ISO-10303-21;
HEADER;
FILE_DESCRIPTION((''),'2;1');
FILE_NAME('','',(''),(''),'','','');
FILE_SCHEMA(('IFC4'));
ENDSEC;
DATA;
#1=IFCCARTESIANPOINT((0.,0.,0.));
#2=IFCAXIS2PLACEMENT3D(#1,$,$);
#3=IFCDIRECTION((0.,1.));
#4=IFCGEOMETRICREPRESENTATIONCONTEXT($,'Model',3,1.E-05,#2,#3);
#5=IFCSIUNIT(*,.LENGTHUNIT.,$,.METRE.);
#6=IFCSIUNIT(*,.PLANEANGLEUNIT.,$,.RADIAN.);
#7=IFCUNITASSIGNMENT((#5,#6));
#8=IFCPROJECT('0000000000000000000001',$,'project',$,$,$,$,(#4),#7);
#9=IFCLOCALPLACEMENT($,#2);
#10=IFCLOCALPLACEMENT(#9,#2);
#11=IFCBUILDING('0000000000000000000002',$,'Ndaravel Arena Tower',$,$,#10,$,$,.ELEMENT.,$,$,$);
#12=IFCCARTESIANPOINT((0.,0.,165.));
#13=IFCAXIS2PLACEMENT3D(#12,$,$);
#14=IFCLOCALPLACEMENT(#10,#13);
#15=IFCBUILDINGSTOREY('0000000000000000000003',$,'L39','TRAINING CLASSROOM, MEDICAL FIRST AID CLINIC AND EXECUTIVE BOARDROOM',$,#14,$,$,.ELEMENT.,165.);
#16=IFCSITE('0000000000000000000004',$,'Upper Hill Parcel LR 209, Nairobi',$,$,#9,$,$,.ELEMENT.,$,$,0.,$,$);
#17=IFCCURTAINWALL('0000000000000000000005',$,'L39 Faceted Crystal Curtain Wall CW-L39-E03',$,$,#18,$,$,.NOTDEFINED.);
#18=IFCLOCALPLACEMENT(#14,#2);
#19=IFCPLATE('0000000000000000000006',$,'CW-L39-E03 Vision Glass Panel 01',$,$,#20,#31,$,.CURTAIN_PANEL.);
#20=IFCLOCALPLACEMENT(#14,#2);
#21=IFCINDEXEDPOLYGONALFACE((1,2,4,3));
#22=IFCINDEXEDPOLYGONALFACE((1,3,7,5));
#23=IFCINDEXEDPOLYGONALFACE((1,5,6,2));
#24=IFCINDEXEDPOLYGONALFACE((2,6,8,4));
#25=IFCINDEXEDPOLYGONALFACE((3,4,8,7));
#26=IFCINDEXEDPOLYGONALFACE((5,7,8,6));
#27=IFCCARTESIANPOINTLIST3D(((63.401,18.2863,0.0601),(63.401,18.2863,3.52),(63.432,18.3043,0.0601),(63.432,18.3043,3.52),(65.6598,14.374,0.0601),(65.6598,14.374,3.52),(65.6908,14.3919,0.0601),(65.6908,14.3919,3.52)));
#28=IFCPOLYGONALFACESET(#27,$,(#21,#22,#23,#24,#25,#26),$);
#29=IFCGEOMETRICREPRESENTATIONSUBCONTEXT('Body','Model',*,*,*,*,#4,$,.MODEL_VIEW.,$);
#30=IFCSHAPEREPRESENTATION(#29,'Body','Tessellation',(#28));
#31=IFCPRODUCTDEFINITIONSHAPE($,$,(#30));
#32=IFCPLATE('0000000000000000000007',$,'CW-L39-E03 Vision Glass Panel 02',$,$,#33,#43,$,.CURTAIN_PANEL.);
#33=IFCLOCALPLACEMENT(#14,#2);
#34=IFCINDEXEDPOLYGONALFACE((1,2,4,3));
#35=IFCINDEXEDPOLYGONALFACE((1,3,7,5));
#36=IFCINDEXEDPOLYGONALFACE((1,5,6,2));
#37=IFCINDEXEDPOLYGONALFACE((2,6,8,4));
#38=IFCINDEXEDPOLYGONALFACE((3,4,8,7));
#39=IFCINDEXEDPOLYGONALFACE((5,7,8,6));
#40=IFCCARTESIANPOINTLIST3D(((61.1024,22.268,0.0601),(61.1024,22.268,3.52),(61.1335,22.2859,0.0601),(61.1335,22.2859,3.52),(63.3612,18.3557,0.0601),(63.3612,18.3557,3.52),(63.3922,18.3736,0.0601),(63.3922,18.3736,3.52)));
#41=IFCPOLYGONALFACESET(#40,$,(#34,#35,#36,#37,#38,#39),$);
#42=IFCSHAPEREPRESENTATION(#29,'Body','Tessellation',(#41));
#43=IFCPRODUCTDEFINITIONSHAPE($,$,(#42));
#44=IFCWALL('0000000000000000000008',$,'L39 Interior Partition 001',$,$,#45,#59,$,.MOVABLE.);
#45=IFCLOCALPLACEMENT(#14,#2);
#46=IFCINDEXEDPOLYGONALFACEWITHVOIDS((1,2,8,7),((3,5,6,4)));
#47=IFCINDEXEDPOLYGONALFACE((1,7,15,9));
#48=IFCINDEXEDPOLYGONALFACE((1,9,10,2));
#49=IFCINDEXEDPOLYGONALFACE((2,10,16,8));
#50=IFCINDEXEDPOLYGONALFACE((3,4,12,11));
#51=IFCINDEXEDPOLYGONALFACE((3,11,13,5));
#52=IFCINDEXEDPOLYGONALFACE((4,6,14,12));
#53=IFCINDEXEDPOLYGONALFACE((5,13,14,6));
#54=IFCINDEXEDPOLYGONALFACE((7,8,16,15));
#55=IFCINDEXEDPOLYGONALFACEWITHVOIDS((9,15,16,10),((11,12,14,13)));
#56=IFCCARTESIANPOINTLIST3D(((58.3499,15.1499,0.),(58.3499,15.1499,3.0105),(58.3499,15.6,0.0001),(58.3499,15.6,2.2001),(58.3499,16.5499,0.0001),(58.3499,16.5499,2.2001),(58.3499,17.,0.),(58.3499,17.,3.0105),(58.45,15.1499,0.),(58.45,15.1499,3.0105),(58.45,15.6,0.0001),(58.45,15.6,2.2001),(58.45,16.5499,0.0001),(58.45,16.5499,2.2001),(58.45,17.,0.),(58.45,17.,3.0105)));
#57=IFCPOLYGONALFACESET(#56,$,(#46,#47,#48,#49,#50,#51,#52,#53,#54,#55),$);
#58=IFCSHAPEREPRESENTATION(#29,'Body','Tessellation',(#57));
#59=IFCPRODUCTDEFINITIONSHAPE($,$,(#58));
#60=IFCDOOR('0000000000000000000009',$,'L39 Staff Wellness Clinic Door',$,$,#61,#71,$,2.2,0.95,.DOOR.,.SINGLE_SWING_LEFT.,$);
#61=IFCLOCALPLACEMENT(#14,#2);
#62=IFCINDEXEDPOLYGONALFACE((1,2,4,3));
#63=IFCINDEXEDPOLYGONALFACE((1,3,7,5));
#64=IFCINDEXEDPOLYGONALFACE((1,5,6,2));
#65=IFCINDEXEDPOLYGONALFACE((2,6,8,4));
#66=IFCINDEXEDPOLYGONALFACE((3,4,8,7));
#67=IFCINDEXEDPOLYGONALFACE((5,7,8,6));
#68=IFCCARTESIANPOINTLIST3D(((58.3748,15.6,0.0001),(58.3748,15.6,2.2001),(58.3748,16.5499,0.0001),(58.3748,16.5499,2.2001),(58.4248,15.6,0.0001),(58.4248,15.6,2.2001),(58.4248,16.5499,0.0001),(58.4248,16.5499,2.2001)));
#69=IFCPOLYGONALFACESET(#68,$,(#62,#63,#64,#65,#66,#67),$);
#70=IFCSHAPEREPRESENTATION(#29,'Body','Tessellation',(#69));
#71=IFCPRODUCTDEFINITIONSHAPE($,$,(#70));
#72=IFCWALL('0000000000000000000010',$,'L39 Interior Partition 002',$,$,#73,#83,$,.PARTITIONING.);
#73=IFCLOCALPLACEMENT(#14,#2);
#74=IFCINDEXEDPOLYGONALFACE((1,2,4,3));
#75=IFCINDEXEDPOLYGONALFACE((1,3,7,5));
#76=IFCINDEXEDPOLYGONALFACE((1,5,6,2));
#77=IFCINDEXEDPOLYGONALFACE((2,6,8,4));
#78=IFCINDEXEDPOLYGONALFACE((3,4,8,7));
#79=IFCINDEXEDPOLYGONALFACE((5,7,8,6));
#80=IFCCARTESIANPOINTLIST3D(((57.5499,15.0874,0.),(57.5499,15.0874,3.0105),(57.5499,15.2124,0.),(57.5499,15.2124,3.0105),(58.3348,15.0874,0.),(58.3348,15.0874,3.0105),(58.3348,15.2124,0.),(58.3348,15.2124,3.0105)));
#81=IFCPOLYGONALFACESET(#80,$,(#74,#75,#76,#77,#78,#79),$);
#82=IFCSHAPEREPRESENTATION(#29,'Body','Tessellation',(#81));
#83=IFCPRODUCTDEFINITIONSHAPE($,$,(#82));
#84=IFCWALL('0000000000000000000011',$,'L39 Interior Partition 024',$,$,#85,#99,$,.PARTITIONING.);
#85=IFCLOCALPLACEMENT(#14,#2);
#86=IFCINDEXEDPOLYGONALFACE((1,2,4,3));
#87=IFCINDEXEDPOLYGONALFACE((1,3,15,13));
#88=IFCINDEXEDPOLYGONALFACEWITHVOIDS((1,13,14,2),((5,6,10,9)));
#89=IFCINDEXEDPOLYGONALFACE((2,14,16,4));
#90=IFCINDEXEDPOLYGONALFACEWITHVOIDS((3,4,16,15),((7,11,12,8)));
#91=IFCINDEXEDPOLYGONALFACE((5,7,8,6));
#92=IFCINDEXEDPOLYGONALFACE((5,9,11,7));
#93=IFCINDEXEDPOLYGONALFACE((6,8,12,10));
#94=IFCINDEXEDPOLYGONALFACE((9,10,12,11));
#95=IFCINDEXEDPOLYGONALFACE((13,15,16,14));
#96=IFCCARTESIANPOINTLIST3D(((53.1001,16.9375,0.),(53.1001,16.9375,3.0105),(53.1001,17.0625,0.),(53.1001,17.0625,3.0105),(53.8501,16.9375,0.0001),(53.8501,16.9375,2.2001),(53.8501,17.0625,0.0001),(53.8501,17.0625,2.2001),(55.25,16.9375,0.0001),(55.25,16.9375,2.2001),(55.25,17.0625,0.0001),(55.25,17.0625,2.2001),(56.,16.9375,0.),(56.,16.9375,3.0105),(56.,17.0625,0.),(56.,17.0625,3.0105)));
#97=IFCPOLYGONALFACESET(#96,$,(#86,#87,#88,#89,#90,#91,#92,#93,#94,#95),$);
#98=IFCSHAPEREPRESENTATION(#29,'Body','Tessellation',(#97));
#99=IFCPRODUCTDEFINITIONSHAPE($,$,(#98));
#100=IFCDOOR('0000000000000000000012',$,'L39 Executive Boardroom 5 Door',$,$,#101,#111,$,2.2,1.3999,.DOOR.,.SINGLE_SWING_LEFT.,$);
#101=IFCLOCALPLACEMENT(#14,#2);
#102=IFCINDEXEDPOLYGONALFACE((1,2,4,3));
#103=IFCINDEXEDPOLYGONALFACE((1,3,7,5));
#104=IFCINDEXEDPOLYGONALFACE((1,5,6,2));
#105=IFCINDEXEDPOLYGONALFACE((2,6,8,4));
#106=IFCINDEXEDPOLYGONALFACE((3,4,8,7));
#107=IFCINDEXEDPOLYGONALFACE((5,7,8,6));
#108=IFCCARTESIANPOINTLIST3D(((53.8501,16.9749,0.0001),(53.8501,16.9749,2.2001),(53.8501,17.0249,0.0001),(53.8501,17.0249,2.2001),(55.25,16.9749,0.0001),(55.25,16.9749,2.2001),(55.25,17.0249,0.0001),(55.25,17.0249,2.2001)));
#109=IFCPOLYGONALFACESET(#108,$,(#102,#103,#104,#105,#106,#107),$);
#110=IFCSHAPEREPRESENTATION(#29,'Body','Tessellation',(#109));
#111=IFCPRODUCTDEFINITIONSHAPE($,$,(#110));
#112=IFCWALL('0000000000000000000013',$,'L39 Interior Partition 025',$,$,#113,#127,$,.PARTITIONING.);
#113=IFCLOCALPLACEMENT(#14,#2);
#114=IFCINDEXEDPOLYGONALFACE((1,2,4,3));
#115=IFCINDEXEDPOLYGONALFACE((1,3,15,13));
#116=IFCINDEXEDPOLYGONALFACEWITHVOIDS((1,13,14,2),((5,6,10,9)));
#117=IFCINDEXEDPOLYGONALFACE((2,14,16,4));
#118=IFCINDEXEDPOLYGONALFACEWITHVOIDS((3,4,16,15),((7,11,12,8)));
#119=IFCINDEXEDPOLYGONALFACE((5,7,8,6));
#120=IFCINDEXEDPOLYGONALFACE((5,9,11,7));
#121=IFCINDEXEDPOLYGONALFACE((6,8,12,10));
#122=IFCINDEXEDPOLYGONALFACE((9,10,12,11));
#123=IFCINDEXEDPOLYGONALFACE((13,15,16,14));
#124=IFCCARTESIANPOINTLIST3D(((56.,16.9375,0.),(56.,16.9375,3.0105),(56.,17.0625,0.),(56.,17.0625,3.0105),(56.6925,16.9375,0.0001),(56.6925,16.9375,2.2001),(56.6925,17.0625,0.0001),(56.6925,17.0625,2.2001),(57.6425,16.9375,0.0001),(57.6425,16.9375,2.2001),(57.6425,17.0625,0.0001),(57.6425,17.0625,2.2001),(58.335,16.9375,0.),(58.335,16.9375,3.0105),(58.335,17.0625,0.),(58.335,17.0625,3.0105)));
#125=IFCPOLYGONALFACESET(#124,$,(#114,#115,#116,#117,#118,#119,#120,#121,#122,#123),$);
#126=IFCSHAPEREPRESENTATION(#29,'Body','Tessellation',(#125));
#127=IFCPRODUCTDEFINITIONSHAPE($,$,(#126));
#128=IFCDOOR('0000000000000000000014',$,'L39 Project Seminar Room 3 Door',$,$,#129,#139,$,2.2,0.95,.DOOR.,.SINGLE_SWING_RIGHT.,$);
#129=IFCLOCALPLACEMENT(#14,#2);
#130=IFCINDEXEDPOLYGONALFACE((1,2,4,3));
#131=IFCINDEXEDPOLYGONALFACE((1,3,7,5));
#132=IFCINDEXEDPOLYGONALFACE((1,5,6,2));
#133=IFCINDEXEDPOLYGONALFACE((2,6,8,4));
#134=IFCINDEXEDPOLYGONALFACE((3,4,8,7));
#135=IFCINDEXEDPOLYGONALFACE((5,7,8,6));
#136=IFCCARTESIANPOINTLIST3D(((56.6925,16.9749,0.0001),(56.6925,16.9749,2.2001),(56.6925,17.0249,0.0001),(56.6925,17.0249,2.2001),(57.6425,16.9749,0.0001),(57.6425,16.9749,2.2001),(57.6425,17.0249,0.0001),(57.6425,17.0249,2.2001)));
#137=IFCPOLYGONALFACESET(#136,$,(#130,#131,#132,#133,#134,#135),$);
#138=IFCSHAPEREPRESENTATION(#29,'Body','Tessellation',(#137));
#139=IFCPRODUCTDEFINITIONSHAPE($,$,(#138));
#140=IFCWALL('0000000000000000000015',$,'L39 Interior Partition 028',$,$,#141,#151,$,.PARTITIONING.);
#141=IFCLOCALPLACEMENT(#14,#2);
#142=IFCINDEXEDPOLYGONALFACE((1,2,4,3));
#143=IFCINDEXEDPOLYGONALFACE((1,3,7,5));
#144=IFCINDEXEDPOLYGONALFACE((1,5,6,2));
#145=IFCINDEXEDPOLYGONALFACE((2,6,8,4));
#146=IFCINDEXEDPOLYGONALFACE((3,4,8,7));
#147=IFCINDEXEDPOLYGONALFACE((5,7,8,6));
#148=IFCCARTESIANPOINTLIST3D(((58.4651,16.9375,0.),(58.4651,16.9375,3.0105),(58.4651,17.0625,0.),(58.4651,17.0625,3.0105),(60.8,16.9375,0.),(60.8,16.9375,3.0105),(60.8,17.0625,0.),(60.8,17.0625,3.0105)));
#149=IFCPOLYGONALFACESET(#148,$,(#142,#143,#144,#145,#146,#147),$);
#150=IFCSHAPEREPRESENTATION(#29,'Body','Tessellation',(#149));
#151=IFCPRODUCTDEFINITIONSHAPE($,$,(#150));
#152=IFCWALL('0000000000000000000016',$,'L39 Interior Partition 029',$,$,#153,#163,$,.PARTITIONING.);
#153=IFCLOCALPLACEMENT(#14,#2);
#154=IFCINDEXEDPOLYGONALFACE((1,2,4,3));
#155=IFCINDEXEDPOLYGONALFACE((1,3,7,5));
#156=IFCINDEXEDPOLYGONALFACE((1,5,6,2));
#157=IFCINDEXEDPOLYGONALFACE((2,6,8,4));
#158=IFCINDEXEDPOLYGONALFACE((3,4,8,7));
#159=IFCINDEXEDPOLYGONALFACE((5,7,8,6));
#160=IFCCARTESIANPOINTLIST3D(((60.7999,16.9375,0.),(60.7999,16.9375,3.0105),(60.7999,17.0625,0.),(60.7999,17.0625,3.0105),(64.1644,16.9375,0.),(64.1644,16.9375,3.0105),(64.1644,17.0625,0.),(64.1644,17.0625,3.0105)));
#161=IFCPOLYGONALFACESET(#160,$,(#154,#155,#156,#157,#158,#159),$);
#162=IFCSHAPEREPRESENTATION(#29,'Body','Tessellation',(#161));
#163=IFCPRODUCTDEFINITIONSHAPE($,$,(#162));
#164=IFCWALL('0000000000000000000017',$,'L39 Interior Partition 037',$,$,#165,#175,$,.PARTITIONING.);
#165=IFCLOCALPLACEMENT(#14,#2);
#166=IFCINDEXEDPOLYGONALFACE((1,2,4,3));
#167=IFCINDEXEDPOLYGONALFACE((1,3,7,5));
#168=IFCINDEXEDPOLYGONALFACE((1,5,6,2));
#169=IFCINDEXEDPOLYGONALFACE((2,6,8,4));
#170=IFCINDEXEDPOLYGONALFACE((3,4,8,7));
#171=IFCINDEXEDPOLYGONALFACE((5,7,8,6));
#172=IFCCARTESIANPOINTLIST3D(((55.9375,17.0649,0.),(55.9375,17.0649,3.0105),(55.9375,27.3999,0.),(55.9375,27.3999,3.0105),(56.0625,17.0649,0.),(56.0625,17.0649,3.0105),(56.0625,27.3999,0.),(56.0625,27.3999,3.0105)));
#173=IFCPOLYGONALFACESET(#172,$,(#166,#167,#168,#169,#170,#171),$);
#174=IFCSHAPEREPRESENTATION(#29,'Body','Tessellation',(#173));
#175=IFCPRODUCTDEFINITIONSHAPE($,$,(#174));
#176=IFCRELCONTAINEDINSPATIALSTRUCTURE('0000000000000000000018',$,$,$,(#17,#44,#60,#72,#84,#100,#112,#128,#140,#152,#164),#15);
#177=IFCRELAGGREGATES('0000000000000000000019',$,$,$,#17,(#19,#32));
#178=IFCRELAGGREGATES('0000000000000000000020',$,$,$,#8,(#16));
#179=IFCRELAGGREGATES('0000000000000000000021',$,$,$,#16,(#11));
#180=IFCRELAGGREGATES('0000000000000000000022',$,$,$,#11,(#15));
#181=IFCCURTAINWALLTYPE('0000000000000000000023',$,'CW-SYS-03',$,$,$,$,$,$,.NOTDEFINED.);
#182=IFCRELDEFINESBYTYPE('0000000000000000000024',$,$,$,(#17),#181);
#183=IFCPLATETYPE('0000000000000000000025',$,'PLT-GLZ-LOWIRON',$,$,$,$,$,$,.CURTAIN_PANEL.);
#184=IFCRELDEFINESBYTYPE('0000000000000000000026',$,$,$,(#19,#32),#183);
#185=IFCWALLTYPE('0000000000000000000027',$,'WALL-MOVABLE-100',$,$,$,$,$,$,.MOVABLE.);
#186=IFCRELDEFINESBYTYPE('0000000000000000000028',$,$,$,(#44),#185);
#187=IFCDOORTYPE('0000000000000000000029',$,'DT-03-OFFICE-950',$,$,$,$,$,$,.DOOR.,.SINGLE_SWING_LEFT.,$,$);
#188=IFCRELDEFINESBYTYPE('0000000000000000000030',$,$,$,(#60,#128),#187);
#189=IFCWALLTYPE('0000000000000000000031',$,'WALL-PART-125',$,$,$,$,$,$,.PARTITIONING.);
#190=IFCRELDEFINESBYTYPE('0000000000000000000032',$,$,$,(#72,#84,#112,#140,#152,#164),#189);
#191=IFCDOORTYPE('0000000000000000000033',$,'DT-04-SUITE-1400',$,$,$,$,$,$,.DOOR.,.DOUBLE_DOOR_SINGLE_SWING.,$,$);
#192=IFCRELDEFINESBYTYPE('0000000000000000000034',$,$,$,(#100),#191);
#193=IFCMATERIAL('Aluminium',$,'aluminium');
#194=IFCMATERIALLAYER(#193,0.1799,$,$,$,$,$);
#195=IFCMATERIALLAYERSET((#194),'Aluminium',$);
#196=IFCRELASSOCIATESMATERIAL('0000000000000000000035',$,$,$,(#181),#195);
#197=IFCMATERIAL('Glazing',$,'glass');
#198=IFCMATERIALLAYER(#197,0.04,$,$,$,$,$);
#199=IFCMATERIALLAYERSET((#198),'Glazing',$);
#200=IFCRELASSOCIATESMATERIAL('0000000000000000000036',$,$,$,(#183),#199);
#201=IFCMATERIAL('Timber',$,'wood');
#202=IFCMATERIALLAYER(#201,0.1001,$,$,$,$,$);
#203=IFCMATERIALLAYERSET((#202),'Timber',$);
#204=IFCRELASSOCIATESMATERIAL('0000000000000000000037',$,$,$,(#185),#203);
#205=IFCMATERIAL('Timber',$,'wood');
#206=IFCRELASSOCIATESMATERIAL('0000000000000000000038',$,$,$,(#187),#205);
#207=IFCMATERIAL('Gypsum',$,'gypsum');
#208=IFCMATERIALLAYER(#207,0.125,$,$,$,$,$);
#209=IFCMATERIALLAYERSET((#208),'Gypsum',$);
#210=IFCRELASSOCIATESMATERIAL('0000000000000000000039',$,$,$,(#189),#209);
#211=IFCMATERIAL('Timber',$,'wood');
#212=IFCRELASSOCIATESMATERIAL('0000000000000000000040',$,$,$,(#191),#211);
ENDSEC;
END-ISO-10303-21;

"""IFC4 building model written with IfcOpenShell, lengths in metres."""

from ifc_helpers import new_model, si_unit, direction, frame, frame_2d, origin, origin_2d, place, context, subcontext, project, spatial, rectangle, extrude, material, layer, layer_set, type_object, element, fill, aggregate, save


model = new_model("IFC4")

# Units and contexts
model_context = context("Model", 3, precision=1e-05, world=origin(), true_north=direction((0.0, 1.0)))
body_context = subcontext(model_context, "Body", "Model", "MODEL_VIEW")
ifc_project = project(units=[si_unit("LENGTHUNIT", "METRE"), si_unit("PLANEANGLEUNIT", "RADIAN")], contexts=[model_context])

# Site, building, storey
site_placement = place(None, origin())
site = spatial("IfcSite", under=ifc_project, at=site_placement, Name="Upper Hill Parcel LR 209, Nairobi", CompositionType="ELEMENT", RefElevation=0.0)
building_placement = place(site_placement, origin())
building = spatial("IfcBuilding", under=site, at=building_placement, Name="Ndaravel Arena Tower", CompositionType="ELEMENT")
storey_placement = place(building_placement, frame((0.0, 0.0, 165.0)))
storey = spatial("IfcBuildingStorey", under=building, at=storey_placement, Name="L39", Description="TRAINING CLASSROOM, MEDICAL FIRST AID CLINIC AND EXECUTIVE BOARDROOM", CompositionType="ELEMENT", Elevation=165.0)

# Curtain wall, plates
ifc_material_1 = material(Name="Aluminium", Category="aluminium")
ifc_layer_1 = layer(ifc_material_1, 0.1799)
ifc_layer_set_1 = layer_set([ifc_layer_1], Name="Aluminium")
curtain_wall_type = type_object("IfcCurtainWallType", Name="CW-SYS-03", PredefinedType="NOTDEFINED", material=ifc_layer_set_1)
curtain_wall_placement = place(storey_placement, origin())
curtain_wall = element("IfcCurtainWall", 1, at=curtain_wall_placement, inside=storey, type_object=curtain_wall_type, Name="L39 Faceted Crystal Curtain Wall CW-L39-E03", PredefinedType="NOTDEFINED")
ifc_material_2 = material(Name="Glazing", Category="glass")
ifc_layer_2 = layer(ifc_material_2, 0.04)
ifc_layer_set_2 = layer_set([ifc_layer_2], Name="Glazing")
plate_type = type_object("IfcPlateType", Name="PLT-GLZ-LOWIRON", PredefinedType="CURTAIN_PANEL", material=ifc_layer_set_2)
plate_1_placement = place(storey_placement, frame((64.5459, 16.3391, 0.0601), z_axis=(0.0, 0.0, 1.0), x_axis=(-0.5, 0.866025, 0.0)))
plate_1 = element("IfcPlate", 2, at=plate_1_placement, type_object=plate_type, Name="CW-L39-E03 Vision Glass Panel 01", PredefinedType="CURTAIN_PANEL", context=body_context, shape_type="SweptSolid", body=[
    extrude(rectangle(XDim=4.5176, YDim=0.0359, at=origin_2d()), origin(), (0.0, 0.0, 1.0), 3.46),
])
plate_2_placement = place(storey_placement, frame((62.2473, 20.3208, 0.0601), z_axis=(0.0, 0.0, 1.0), x_axis=(-0.5, 0.866025, 0.0)))
plate_2 = element("IfcPlate", 3, at=plate_2_placement, type_object=plate_type, Name="CW-L39-E03 Vision Glass Panel 02", PredefinedType="CURTAIN_PANEL", context=body_context, shape_type="SweptSolid", body=[
    extrude(rectangle(XDim=4.5176, YDim=0.0359, at=origin_2d()), origin(), (0.0, 0.0, 1.0), 3.46),
])
aggregate(curtain_wall, [plate_1, plate_2])

# Wall, opening, door
ifc_material_3 = material(Name="Timber", Category="wood")
ifc_layer_3 = layer(ifc_material_3, 0.1001)
ifc_layer_set_3 = layer_set([ifc_layer_3], Name="Timber")
wall_type_1 = type_object("IfcWallType", Name="WALL-MOVABLE-100", PredefinedType="MOVABLE", material=ifc_layer_set_3)
wall_1_placement = place(storey_placement, frame((58.3999, 17.0, 0.0), z_axis=(0.0, 0.0, 1.0), x_axis=(0.0, -1.0, 0.0)))
wall_1 = element("IfcWall", 4, at=wall_1_placement, inside=storey, type_object=wall_type_1, Name="L39 Interior Partition 001", PredefinedType="MOVABLE", context=body_context, shape_type="SweptSolid", body=[
    extrude(rectangle(XDim=1.8501, YDim=0.1001, at=frame_2d((0.925, 0.0))), origin(), (0.0, 0.0, 1.0), 3.0105),
])
opening_1_placement = place(wall_1_placement, frame((0.45, 0.0, 0.0)))
opening_1 = element("IfcOpeningElement", 5, at=opening_1_placement, cuts=wall_1, PredefinedType="OPENING", context=body_context, shape_type="SweptSolid", body=[
    extrude(rectangle(XDim=0.95, YDim=2.2, at=frame_2d((0.4751, 1.1001))), frame((0.0, 0.05, 0.0), z_axis=(0.0, -1.0, 0.0), x_axis=(1.0, 0.0, 0.0)), (0.0, 0.0, 1.0), 0.1001),
])
ifc_material_4 = material(Name="Timber", Category="wood")
door_type_1 = type_object("IfcDoorType", Name="DT-03-OFFICE-950", OperationType="SINGLE_SWING_LEFT", PredefinedType="DOOR", material=ifc_material_4)
door_1_placement = place(opening_1_placement, origin())
door_1 = element("IfcDoor", 6, at=door_1_placement, inside=storey, type_object=door_type_1, Name="L39 Staff Wellness Clinic Door", OperationType="SINGLE_SWING_LEFT", OverallHeight=2.2, OverallWidth=0.95, PredefinedType="DOOR", context=body_context, shape_type="SweptSolid", body=[
    extrude(rectangle(XDim=0.95, YDim=2.2, at=frame_2d((0.4751, 1.1001))), frame((0.0, 0.0249, 0.0), z_axis=(0.0, -1.0, 0.0), x_axis=(1.0, 0.0, 0.0)), (0.0, 0.0, 1.0), 0.05),
])
fill(opening_1, door_1)

# Wall
ifc_material_5 = material(Name="Gypsum", Category="gypsum")
ifc_layer_4 = layer(ifc_material_5, 0.125)
ifc_layer_set_4 = layer_set([ifc_layer_4], Name="Gypsum")
wall_type_2 = type_object("IfcWallType", Name="WALL-PART-125", PredefinedType="PARTITIONING", material=ifc_layer_set_4)
wall_2_placement = place(storey_placement, frame((58.335, 15.1499, 0.0), z_axis=(0.0, 0.0, 1.0), x_axis=(-1.0, 0.0, 0.0)))
element("IfcWall", 7, at=wall_2_placement, inside=storey, type_object=wall_type_2, Name="L39 Interior Partition 002", PredefinedType="PARTITIONING", context=body_context, shape_type="SweptSolid", body=[
    extrude(rectangle(XDim=0.7849, YDim=0.125, at=frame_2d((0.3926, 0.0))), origin(), (0.0, 0.0, 1.0), 3.0105),
])

# Walls, openings, doors
wall_3_placement = place(storey_placement, frame((53.1001, 17.0, 0.0), z_axis=(0.0, 0.0, 1.0), x_axis=(1.0, 0.0, 0.0)))
wall_3 = element("IfcWall", 8, at=wall_3_placement, inside=storey, type_object=wall_type_2, Name="L39 Interior Partition 024", PredefinedType="PARTITIONING", context=body_context, shape_type="SweptSolid", body=[
    extrude(rectangle(XDim=2.8999, YDim=0.125, at=frame_2d((1.45, 0.0))), origin(), (0.0, 0.0, 1.0), 3.0105),
])
opening_2_placement = place(wall_3_placement, frame((0.75, 0.0, 0.0)))
opening_2 = element("IfcOpeningElement", 9, at=opening_2_placement, cuts=wall_3, PredefinedType="OPENING", context=body_context, shape_type="SweptSolid", body=[
    extrude(rectangle(XDim=1.3999, YDim=2.2, at=frame_2d((0.7, 1.1001))), frame((0.0, 0.0625, 0.0), z_axis=(0.0, -1.0, 0.0), x_axis=(1.0, 0.0, 0.0)), (0.0, 0.0, 1.0), 0.125),
])
ifc_material_6 = material(Name="Timber", Category="wood")
door_type_2 = type_object("IfcDoorType", Name="DT-04-SUITE-1400", OperationType="DOUBLE_DOOR_SINGLE_SWING", PredefinedType="DOOR", material=ifc_material_6)
door_2_placement = place(opening_2_placement, origin())
door_2 = element("IfcDoor", 10, at=door_2_placement, inside=storey, type_object=door_type_2, Name="L39 Executive Boardroom 5 Door", OperationType="SINGLE_SWING_LEFT", OverallHeight=2.2, OverallWidth=1.3999, PredefinedType="DOOR", context=body_context, shape_type="SweptSolid", body=[
    extrude(rectangle(XDim=1.3999, YDim=2.2, at=frame_2d((0.7, 1.1001))), frame((0.0, 0.0249, 0.0), z_axis=(0.0, -1.0, 0.0), x_axis=(1.0, 0.0, 0.0)), (0.0, 0.0, 1.0), 0.05),
])
fill(opening_2, door_2)
wall_4_placement = place(storey_placement, frame((56.0, 17.0, 0.0), z_axis=(0.0, 0.0, 1.0), x_axis=(1.0, 0.0, 0.0)))
wall_4 = element("IfcWall", 11, at=wall_4_placement, inside=storey, type_object=wall_type_2, Name="L39 Interior Partition 025", PredefinedType="PARTITIONING", context=body_context, shape_type="SweptSolid", body=[
    extrude(rectangle(XDim=2.335, YDim=0.125, at=frame_2d((1.1675, 0.0))), origin(), (0.0, 0.0, 1.0), 3.0105),
])
opening_3_placement = place(wall_4_placement, frame((0.6924, 0.0, 0.0)))
opening_3 = element("IfcOpeningElement", 12, at=opening_3_placement, cuts=wall_4, PredefinedType="OPENING", context=body_context, shape_type="SweptSolid", body=[
    extrude(rectangle(XDim=0.95, YDim=2.2, at=frame_2d((0.4751, 1.1001))), frame((0.0, 0.0625, 0.0), z_axis=(0.0, -1.0, 0.0), x_axis=(1.0, 0.0, 0.0)), (0.0, 0.0, 1.0), 0.125),
])
door_3_placement = place(opening_3_placement, origin())
door_3 = element("IfcDoor", 13, at=door_3_placement, inside=storey, type_object=door_type_1, Name="L39 Project Seminar Room 3 Door", OperationType="SINGLE_SWING_RIGHT", OverallHeight=2.2, OverallWidth=0.95, PredefinedType="DOOR", context=body_context, shape_type="SweptSolid", body=[
    extrude(rectangle(XDim=0.95, YDim=2.2, at=frame_2d((0.4751, 1.1001))), frame((0.0, 0.0249, 0.0), z_axis=(0.0, -1.0, 0.0), x_axis=(1.0, 0.0, 0.0)), (0.0, 0.0, 1.0), 0.05),
])
fill(opening_3, door_3)

# Walls
wall_5_placement = place(storey_placement, frame((58.4651, 17.0, 0.0), z_axis=(0.0, 0.0, 1.0), x_axis=(1.0, 0.0, 0.0)))
element("IfcWall", 14, at=wall_5_placement, inside=storey, type_object=wall_type_2, Name="L39 Interior Partition 028", PredefinedType="PARTITIONING", context=body_context, shape_type="SweptSolid", body=[
    extrude(rectangle(XDim=2.335, YDim=0.125, at=frame_2d((1.1675, 0.0))), origin(), (0.0, 0.0, 1.0), 3.0105),
])
wall_6_placement = place(storey_placement, frame((60.8, 17.0, 0.0), z_axis=(0.0, 0.0, 1.0), x_axis=(1.0, 0.0, 0.0)))
element("IfcWall", 15, at=wall_6_placement, inside=storey, type_object=wall_type_2, Name="L39 Interior Partition 029", PredefinedType="PARTITIONING", context=body_context, shape_type="SweptSolid", body=[
    extrude(rectangle(XDim=3.3645, YDim=0.125, at=frame_2d((1.6821, 0.0))), origin(), (0.0, 0.0, 1.0), 3.0105),
])
wall_7_placement = place(storey_placement, frame((56.0, 17.0649, 0.0), z_axis=(0.0, 0.0, 1.0), x_axis=(0.0, 1.0, 0.0)))
element("IfcWall", 16, at=wall_7_placement, inside=storey, type_object=wall_type_2, Name="L39 Interior Partition 037", PredefinedType="PARTITIONING", context=body_context, shape_type="SweptSolid", body=[
    extrude(rectangle(XDim=10.335, YDim=0.125, at=frame_2d((5.1675, 0.0))), origin(), (0.0, 0.0, 1.0), 3.0105),
])

save(model, "model.ifc")
